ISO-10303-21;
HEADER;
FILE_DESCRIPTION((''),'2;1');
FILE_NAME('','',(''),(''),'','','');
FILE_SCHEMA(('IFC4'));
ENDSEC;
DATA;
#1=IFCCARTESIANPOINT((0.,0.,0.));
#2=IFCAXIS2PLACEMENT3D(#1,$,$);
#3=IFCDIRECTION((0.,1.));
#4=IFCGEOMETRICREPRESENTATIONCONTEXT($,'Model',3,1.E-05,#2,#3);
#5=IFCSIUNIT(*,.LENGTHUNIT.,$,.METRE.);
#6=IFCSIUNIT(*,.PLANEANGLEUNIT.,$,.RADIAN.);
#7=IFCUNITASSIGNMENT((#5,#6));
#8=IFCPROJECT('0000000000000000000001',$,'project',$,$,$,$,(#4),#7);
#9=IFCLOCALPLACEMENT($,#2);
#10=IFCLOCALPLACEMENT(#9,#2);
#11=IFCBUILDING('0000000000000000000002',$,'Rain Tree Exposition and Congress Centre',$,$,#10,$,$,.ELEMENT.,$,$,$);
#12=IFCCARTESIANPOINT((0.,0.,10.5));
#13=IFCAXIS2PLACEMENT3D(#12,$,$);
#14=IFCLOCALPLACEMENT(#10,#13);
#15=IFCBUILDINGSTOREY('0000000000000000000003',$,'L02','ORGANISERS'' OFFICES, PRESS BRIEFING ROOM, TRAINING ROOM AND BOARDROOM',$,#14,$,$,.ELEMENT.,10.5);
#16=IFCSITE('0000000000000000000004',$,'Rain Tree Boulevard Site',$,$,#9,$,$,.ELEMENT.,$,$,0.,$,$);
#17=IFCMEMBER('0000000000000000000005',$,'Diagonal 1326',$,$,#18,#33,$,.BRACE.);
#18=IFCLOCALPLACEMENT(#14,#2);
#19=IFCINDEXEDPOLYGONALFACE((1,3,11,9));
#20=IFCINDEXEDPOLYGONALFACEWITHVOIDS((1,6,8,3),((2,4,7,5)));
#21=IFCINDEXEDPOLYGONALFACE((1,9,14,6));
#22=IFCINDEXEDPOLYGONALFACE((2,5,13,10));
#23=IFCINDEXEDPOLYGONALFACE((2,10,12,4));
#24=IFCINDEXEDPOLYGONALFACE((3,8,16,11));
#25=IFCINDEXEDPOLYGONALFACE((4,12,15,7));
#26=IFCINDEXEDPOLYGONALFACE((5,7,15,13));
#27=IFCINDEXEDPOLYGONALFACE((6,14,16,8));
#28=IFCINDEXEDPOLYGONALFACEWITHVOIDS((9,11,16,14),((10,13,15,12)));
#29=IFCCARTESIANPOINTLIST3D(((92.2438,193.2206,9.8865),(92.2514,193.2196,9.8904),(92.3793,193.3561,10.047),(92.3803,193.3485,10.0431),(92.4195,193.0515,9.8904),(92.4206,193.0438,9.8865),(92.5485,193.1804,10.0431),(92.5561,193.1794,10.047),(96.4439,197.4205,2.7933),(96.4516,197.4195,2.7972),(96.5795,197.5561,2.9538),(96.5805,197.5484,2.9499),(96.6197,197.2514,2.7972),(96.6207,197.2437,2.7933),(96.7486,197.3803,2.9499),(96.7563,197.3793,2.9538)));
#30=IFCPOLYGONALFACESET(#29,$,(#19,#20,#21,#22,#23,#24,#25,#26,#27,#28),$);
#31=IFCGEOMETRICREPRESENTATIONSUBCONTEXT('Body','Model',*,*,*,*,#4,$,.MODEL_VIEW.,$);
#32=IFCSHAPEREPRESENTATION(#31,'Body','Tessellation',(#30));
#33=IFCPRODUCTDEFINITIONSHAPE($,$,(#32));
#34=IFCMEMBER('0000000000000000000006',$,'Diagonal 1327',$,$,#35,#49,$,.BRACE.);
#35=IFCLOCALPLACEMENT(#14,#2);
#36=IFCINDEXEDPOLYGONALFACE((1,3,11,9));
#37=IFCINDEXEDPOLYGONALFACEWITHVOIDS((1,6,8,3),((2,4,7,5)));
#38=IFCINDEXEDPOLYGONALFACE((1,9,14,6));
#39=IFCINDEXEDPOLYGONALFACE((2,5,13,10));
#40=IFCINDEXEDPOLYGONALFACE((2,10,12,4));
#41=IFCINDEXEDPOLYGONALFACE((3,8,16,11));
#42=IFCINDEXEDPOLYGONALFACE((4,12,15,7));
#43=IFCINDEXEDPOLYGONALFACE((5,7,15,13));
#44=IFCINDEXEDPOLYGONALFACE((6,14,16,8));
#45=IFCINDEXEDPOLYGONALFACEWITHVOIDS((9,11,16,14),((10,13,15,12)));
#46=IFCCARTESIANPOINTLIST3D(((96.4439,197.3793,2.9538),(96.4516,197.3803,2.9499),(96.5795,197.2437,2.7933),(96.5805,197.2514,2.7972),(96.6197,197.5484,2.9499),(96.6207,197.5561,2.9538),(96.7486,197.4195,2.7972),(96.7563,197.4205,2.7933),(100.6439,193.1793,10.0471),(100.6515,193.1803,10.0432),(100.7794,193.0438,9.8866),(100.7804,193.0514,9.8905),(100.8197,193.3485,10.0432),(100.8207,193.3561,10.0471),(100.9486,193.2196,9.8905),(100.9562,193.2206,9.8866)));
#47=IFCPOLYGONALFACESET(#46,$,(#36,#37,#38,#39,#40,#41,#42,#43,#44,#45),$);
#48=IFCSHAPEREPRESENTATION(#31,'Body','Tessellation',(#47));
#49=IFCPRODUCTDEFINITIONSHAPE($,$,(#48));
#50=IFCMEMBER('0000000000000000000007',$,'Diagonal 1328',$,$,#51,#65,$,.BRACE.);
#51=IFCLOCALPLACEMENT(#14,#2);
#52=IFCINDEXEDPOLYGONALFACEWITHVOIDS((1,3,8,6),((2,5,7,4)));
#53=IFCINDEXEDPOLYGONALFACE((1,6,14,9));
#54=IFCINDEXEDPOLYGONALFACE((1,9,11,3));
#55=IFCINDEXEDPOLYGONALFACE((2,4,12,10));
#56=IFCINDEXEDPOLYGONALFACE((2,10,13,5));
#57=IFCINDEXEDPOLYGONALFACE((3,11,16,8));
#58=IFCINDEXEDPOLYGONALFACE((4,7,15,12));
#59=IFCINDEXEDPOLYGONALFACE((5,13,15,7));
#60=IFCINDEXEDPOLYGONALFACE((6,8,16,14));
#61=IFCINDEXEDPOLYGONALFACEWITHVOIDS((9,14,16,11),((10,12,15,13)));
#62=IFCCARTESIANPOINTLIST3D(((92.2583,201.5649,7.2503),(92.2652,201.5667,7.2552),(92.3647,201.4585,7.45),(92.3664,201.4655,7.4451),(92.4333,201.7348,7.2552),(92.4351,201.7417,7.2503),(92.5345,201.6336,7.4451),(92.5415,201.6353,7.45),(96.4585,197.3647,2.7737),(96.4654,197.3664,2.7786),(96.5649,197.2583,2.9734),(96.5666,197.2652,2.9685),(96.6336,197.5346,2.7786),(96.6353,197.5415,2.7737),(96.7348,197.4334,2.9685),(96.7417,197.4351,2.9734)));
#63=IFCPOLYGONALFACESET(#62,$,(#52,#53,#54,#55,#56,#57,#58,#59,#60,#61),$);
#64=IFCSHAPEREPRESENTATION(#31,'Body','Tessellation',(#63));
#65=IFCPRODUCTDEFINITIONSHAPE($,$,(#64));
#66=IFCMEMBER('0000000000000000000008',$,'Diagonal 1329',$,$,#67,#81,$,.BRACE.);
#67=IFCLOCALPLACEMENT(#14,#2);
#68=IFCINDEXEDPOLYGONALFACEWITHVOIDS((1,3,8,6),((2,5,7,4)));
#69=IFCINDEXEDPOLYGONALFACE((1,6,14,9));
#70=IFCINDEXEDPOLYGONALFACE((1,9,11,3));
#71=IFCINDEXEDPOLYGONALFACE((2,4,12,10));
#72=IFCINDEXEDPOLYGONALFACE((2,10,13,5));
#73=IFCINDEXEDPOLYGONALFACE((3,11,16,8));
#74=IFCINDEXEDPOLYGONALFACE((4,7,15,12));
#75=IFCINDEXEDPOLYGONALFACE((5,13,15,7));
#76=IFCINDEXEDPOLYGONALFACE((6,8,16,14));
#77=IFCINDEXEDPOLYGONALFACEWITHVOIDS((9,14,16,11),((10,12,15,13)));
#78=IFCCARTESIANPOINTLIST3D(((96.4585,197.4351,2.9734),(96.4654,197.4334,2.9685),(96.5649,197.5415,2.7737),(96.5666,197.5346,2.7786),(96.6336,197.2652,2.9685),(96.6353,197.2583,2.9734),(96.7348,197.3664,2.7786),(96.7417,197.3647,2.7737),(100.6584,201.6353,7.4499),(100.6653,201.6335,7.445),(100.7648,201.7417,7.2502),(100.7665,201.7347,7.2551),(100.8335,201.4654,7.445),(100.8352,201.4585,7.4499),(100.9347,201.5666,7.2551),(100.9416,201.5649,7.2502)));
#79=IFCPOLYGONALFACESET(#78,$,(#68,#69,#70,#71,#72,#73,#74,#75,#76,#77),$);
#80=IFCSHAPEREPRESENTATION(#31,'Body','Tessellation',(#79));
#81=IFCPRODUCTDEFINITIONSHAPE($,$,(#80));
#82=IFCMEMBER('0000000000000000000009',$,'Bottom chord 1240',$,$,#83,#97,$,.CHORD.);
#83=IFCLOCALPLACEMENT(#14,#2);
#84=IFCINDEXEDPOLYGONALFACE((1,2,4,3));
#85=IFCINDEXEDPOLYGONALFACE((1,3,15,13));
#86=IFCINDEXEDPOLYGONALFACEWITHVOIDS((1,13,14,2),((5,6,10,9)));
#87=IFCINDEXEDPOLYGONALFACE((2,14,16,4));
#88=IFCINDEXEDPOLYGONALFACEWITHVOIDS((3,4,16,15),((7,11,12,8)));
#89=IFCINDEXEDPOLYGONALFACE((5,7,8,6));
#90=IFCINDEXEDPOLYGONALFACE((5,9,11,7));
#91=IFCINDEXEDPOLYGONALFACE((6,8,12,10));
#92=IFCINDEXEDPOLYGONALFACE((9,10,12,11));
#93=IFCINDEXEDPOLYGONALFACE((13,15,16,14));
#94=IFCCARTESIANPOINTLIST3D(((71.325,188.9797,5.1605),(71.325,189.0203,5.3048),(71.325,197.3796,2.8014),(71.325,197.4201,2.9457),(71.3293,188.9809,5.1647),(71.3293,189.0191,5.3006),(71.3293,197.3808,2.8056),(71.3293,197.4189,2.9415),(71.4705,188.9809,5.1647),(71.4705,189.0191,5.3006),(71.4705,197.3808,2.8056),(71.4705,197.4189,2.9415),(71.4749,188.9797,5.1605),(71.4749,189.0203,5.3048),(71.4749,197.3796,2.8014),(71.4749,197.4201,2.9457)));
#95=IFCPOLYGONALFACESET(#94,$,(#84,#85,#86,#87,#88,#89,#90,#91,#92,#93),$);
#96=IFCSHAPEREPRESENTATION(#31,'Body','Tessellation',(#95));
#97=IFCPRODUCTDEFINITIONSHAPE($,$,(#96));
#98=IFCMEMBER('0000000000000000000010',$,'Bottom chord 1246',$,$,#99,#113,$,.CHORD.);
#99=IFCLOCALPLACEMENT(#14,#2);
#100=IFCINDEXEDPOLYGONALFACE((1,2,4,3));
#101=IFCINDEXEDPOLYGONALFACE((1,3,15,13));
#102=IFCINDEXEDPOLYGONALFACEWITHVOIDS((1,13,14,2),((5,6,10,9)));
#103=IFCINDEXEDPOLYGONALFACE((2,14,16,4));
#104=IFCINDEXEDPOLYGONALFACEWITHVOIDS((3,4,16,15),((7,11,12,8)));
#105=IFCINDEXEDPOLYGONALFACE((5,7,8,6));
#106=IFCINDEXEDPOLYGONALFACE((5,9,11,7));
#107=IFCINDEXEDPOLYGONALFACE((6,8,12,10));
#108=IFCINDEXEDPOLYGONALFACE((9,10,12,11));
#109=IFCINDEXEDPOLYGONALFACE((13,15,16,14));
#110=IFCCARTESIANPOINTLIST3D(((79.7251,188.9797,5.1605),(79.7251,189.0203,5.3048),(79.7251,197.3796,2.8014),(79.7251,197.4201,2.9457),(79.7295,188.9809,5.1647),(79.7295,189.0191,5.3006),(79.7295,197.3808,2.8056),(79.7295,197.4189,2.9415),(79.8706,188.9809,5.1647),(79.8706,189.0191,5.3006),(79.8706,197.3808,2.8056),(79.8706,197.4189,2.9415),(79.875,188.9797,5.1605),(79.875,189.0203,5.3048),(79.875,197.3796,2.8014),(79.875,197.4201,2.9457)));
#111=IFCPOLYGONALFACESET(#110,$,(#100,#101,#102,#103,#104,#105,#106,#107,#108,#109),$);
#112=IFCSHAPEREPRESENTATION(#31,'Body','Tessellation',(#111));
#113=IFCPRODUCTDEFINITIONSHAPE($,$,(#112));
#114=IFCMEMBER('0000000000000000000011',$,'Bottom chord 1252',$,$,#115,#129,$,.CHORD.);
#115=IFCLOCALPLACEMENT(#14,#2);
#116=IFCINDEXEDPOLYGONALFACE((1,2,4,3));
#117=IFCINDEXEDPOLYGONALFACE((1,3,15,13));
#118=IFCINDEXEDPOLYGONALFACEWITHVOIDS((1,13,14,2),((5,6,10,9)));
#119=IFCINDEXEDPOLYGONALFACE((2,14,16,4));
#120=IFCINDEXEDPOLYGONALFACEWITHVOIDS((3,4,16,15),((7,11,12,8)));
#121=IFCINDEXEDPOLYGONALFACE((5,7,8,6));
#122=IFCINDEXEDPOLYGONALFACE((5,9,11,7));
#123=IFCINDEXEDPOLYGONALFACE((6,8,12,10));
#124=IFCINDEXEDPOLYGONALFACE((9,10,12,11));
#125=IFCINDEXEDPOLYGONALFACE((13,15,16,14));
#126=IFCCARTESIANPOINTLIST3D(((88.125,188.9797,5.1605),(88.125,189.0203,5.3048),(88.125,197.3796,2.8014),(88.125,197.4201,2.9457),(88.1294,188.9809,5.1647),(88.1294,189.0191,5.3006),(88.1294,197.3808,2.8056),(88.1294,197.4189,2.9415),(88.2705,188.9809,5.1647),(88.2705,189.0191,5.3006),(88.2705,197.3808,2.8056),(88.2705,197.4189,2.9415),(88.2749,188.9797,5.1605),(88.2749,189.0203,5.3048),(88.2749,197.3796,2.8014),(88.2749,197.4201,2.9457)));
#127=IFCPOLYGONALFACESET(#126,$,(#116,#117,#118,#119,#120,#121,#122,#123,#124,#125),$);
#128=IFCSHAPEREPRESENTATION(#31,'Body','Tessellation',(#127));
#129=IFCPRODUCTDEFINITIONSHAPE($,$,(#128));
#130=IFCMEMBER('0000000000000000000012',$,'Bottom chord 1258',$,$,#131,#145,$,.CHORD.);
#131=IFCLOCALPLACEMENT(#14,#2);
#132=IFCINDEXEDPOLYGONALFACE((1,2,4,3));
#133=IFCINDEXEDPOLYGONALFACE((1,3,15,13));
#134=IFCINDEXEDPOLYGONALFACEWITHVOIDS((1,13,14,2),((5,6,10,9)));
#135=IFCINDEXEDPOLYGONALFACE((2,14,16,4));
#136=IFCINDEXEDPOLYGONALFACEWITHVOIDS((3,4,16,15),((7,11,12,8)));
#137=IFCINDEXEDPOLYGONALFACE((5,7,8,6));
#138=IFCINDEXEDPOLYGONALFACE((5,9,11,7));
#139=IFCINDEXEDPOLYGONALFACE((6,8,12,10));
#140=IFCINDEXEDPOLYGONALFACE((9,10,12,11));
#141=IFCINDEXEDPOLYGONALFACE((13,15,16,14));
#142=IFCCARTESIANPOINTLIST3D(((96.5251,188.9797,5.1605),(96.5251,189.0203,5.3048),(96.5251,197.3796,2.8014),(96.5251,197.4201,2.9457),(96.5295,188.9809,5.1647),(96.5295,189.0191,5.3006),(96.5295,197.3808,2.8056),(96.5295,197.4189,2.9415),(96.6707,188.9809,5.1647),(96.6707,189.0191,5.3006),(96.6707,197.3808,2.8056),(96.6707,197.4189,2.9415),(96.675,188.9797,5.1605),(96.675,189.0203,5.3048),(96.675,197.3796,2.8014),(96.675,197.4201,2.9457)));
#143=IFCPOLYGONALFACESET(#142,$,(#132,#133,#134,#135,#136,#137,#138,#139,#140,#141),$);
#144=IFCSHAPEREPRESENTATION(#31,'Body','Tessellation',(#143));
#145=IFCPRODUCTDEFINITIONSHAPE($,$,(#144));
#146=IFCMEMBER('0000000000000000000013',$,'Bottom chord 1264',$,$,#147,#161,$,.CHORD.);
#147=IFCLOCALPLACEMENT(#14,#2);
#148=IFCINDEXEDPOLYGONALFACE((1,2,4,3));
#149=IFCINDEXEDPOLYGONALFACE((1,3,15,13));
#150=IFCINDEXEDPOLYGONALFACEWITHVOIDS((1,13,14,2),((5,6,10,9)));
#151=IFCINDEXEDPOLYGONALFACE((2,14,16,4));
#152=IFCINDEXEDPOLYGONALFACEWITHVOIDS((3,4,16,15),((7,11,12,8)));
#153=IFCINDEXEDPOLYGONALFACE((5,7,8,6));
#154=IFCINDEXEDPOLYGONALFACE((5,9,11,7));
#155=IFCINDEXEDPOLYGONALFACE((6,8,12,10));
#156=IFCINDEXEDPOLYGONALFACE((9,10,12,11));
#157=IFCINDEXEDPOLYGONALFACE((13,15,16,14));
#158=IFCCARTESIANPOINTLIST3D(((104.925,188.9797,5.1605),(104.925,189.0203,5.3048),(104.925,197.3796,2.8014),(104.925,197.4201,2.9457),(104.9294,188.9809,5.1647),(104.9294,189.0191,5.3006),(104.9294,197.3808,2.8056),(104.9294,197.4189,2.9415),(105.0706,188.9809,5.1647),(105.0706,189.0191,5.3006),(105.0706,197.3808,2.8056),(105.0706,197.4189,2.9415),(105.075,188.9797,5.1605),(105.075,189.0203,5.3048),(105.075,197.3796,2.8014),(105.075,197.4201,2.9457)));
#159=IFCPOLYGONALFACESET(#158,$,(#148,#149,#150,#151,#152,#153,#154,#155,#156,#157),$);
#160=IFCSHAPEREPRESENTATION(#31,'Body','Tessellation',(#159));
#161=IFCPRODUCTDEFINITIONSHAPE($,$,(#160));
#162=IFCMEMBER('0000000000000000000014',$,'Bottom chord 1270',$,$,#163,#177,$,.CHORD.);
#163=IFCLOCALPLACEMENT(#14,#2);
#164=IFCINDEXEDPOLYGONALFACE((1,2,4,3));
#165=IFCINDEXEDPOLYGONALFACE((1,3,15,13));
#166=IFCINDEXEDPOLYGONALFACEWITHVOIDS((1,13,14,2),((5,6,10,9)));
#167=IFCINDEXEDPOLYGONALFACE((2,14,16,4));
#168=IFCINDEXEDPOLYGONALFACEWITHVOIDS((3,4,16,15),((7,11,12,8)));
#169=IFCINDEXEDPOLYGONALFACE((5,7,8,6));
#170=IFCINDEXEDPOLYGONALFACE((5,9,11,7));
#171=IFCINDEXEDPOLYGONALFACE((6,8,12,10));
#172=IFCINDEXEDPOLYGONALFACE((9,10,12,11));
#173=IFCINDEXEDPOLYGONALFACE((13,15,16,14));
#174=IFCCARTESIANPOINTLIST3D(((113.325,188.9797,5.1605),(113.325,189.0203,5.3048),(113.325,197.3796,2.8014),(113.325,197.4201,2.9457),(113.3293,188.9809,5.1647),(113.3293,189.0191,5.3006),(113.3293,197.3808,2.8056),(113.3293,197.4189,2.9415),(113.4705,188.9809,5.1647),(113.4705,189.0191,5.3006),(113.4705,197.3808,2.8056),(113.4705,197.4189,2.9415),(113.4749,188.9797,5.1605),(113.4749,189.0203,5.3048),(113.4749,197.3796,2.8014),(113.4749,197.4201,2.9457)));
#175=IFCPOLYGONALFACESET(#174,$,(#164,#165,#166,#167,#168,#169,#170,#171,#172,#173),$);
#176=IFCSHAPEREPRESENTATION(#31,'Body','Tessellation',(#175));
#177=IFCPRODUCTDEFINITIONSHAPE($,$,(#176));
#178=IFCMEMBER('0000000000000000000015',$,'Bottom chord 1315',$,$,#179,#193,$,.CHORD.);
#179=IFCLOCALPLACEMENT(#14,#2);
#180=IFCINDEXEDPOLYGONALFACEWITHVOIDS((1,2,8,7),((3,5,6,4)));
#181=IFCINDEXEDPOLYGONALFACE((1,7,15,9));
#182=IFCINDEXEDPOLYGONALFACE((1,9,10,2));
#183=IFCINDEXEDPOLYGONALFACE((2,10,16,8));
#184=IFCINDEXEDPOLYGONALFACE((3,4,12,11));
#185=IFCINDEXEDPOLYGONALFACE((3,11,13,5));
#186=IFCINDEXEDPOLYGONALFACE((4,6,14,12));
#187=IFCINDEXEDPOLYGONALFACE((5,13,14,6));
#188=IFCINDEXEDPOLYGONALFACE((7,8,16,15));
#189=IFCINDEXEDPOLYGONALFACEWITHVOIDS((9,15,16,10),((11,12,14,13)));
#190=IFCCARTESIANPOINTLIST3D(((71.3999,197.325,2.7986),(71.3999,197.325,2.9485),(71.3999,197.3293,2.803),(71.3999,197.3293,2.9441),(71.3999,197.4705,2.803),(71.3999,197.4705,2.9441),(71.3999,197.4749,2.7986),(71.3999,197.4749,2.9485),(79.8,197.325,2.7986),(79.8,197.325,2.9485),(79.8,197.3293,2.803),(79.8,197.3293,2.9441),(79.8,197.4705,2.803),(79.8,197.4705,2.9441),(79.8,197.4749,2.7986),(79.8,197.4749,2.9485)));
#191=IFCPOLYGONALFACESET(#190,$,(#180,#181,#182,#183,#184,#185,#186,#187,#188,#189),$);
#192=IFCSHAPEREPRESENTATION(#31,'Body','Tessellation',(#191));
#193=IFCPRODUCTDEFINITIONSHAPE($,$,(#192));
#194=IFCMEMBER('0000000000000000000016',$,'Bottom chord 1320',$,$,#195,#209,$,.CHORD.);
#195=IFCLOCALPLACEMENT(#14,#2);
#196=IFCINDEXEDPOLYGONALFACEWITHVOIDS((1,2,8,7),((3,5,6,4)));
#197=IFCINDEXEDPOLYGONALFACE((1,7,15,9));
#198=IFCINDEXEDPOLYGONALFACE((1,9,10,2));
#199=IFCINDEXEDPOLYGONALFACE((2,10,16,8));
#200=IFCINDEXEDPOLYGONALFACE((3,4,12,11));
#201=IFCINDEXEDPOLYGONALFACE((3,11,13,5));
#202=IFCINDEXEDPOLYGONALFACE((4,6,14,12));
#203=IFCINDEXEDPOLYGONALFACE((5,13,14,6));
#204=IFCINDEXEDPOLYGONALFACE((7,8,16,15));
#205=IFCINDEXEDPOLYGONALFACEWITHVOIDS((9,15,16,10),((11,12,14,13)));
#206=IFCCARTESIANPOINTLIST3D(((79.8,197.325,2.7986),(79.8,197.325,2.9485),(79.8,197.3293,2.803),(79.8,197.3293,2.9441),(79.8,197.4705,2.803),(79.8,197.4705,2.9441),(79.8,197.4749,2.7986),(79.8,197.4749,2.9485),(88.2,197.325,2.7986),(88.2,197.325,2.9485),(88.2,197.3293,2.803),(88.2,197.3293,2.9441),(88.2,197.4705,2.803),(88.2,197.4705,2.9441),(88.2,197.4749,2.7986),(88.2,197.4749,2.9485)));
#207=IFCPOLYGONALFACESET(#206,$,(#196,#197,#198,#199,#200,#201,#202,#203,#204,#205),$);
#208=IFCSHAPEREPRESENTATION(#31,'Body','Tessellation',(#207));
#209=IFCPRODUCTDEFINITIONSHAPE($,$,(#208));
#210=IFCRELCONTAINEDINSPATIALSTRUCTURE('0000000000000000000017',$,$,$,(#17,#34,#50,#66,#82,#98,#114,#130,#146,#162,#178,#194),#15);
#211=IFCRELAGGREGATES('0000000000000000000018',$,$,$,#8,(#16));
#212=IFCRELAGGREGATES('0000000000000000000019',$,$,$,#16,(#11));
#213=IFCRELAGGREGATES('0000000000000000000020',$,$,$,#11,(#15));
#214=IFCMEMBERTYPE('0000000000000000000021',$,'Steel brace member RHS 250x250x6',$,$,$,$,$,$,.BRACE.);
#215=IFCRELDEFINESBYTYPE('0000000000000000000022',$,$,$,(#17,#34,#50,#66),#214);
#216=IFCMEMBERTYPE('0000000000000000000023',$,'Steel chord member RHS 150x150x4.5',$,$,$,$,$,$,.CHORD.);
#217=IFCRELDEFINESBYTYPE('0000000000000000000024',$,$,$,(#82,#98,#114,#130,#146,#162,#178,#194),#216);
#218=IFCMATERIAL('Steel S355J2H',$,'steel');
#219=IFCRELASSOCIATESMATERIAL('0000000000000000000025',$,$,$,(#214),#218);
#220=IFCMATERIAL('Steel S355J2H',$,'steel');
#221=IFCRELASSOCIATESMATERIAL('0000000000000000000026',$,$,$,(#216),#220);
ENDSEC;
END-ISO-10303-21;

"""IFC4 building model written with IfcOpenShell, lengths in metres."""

from ifc_helpers import new_model, si_unit, direction, frame, origin, origin_2d, place, context, subcontext, project, spatial, hollow_rectangle, extrude, material, material_profile, profile_set, type_object, element, save


model = new_model("IFC4")

# Units and contexts
model_context = context("Model", 3, precision=1e-05, world=origin(), true_north=direction((0.0, 1.0)))
body_context = subcontext(model_context, "Body", "Model", "MODEL_VIEW")
ifc_project = project(units=[si_unit("LENGTHUNIT", "METRE"), si_unit("PLANEANGLEUNIT", "RADIAN")], contexts=[model_context])

# Site, building, storey
site_placement = place(None, origin())
site = spatial("IfcSite", under=ifc_project, at=site_placement, Name="Rain Tree Boulevard Site", CompositionType="ELEMENT", RefElevation=0.0)
building_placement = place(site_placement, origin())
building = spatial("IfcBuilding", under=site, at=building_placement, Name="Rain Tree Exposition and Congress Centre", CompositionType="ELEMENT")
storey_placement = place(building_placement, frame((0.0, 0.0, 10.5)))
storey = spatial("IfcBuildingStorey", under=building, at=storey_placement, Name="L02", Description="ORGANISERS' OFFICES, PRESS BRIEFING ROOM, TRAINING ROOM AND BOARDROOM", CompositionType="ELEMENT", Elevation=10.5)

# Members
ifc_material_1 = material(Name="Steel S355J2H", Category="steel")
ifc_material_profile_1 = material_profile(ifc_material_1, hollow_rectangle(XDim=0.25, YDim=0.25, WallThickness=0.0061, at=origin_2d()), Name="RHS 250x250x6")
ifc_profile_set_1 = profile_set([ifc_material_profile_1], Name="Steel S355J2H")
member_type_1 = type_object("IfcMemberType", Name="Steel brace member RHS 250x250x6", PredefinedType="BRACE", material=ifc_profile_set_1)
for number, where, z_axis, x_axis, name in (
    (1, (96.6001, 197.3999, 2.8735), (-0.453987, -0.453961, 0.766691), (0.707086, -0.707127, 0.0), "Diagonal 1326"),
    (2, (96.6001, 197.3999, 2.8735), (0.453966, -0.453966, 0.7667), (0.707107, 0.707107, 0.0), "Diagonal 1327"),
):
    element("IfcMember", number, at=place(storey_placement, frame(where, z_axis=z_axis, x_axis=x_axis)), inside=storey, type_object=member_type_1, Name=name, PredefinedType="BRACE", context=body_context, shape_type="SweptSolid", body=[
        extrude(hollow_rectangle(XDim=0.25, YDim=0.25, WallThickness=0.0061, at=origin_2d()), origin(), (0.0, 0.0, 1.0), 9.2517),
    ])
member_1_placement = place(storey_placement, frame((96.6001, 197.3999, 2.8735), z_axis=(-0.564699, 0.564699, 0.601855), x_axis=(-0.707107, -0.707107, 0.0)))
element("IfcMember", 3, at=member_1_placement, inside=storey, type_object=member_type_1, Name="Diagonal 1328", PredefinedType="BRACE", context=body_context, shape_type="SweptSolid", body=[
    extrude(hollow_rectangle(XDim=0.25, YDim=0.25, WallThickness=0.0061, at=origin_2d()), origin(), (0.0, 0.0, 1.0), 7.438),
])
member_2_placement = place(storey_placement, frame((96.6001, 197.3999, 2.8735), z_axis=(0.564677, 0.564709, 0.601867), x_axis=(-0.707127, 0.707086, 0.0)))
element("IfcMember", 4, at=member_2_placement, inside=storey, type_object=member_type_1, Name="Diagonal 1329", PredefinedType="BRACE", context=body_context, shape_type="SweptSolid", body=[
    extrude(hollow_rectangle(XDim=0.25, YDim=0.25, WallThickness=0.0061, at=origin_2d()), origin(), (0.0, 0.0, 1.0), 7.4377),
])
ifc_material_2 = material(Name="Steel S355J2H", Category="steel")
ifc_material_profile_2 = material_profile(ifc_material_2, hollow_rectangle(XDim=0.1499, YDim=0.1499, WallThickness=0.0044, at=origin_2d()), Name="RHS 150x150x4.5")
ifc_profile_set_2 = profile_set([ifc_material_profile_2], Name="Steel S355J2H")
member_type_2 = type_object("IfcMemberType", Name="Steel chord member RHS 150x150x4.5", PredefinedType="CHORD", material=ifc_profile_set_2)
for number, where, z_axis, x_axis, name in (
    (5, (71.3999, 189.0, 5.2327), (0.0, 0.962751, -0.270391), (-1.0, 0.0, 0.0), "Bottom chord 1240"),
    (6, (79.8, 189.0, 5.2327), (0.0, 0.962751, -0.270391), (-1.0, 0.0, 0.0), "Bottom chord 1246"),
    (7, (88.2, 189.0, 5.2327), (0.0, 0.962751, -0.270391), (-1.0, 0.0, 0.0), "Bottom chord 1252"),
    (8, (96.6001, 189.0, 5.2327), (0.0, 0.962751, -0.270391), (-1.0, 0.0, 0.0), "Bottom chord 1258"),
    (9, (105.0, 189.0, 5.2327), (0.0, 0.962751, -0.270391), (-1.0, 0.0, 0.0), "Bottom chord 1264"),
    (10, (113.3999, 189.0, 5.2327), (0.0, 0.962751, -0.270391), (-1.0, 0.0, 0.0), "Bottom chord 1270"),
):
    element("IfcMember", number, at=place(storey_placement, frame(where, z_axis=z_axis, x_axis=x_axis)), inside=storey, type_object=member_type_2, Name=name, PredefinedType="CHORD", context=body_context, shape_type="SweptSolid", body=[
        extrude(hollow_rectangle(XDim=0.1499, YDim=0.1499, WallThickness=0.0044, at=origin_2d()), origin(), (0.0, 0.0, 1.0), 8.7249),
    ])
member_3_placement = place(storey_placement, frame((71.3999, 197.3999, 2.8735), z_axis=(1.0, 0.0, 0.0), x_axis=(0.0, 1.0, 0.0)))
element("IfcMember", 11, at=member_3_placement, inside=storey, type_object=member_type_2, Name="Bottom chord 1315", PredefinedType="CHORD", context=body_context, shape_type="SweptSolid", body=[
    extrude(hollow_rectangle(XDim=0.1499, YDim=0.1499, WallThickness=0.0044, at=origin_2d()), origin(), (0.0, 0.0, 1.0), 8.4001),
])
member_4_placement = place(storey_placement, frame((79.8, 197.3999, 2.8735), z_axis=(1.0, 0.0, 0.0), x_axis=(0.0, 1.0, 0.0)))
element("IfcMember", 12, at=member_4_placement, inside=storey, type_object=member_type_2, Name="Bottom chord 1320", PredefinedType="CHORD", context=body_context, shape_type="SweptSolid", body=[
    extrude(hollow_rectangle(XDim=0.1499, YDim=0.1499, WallThickness=0.0044, at=origin_2d()), origin(), (0.0, 0.0, 1.0), 8.3999),
])

save(model, "model.ifc")
